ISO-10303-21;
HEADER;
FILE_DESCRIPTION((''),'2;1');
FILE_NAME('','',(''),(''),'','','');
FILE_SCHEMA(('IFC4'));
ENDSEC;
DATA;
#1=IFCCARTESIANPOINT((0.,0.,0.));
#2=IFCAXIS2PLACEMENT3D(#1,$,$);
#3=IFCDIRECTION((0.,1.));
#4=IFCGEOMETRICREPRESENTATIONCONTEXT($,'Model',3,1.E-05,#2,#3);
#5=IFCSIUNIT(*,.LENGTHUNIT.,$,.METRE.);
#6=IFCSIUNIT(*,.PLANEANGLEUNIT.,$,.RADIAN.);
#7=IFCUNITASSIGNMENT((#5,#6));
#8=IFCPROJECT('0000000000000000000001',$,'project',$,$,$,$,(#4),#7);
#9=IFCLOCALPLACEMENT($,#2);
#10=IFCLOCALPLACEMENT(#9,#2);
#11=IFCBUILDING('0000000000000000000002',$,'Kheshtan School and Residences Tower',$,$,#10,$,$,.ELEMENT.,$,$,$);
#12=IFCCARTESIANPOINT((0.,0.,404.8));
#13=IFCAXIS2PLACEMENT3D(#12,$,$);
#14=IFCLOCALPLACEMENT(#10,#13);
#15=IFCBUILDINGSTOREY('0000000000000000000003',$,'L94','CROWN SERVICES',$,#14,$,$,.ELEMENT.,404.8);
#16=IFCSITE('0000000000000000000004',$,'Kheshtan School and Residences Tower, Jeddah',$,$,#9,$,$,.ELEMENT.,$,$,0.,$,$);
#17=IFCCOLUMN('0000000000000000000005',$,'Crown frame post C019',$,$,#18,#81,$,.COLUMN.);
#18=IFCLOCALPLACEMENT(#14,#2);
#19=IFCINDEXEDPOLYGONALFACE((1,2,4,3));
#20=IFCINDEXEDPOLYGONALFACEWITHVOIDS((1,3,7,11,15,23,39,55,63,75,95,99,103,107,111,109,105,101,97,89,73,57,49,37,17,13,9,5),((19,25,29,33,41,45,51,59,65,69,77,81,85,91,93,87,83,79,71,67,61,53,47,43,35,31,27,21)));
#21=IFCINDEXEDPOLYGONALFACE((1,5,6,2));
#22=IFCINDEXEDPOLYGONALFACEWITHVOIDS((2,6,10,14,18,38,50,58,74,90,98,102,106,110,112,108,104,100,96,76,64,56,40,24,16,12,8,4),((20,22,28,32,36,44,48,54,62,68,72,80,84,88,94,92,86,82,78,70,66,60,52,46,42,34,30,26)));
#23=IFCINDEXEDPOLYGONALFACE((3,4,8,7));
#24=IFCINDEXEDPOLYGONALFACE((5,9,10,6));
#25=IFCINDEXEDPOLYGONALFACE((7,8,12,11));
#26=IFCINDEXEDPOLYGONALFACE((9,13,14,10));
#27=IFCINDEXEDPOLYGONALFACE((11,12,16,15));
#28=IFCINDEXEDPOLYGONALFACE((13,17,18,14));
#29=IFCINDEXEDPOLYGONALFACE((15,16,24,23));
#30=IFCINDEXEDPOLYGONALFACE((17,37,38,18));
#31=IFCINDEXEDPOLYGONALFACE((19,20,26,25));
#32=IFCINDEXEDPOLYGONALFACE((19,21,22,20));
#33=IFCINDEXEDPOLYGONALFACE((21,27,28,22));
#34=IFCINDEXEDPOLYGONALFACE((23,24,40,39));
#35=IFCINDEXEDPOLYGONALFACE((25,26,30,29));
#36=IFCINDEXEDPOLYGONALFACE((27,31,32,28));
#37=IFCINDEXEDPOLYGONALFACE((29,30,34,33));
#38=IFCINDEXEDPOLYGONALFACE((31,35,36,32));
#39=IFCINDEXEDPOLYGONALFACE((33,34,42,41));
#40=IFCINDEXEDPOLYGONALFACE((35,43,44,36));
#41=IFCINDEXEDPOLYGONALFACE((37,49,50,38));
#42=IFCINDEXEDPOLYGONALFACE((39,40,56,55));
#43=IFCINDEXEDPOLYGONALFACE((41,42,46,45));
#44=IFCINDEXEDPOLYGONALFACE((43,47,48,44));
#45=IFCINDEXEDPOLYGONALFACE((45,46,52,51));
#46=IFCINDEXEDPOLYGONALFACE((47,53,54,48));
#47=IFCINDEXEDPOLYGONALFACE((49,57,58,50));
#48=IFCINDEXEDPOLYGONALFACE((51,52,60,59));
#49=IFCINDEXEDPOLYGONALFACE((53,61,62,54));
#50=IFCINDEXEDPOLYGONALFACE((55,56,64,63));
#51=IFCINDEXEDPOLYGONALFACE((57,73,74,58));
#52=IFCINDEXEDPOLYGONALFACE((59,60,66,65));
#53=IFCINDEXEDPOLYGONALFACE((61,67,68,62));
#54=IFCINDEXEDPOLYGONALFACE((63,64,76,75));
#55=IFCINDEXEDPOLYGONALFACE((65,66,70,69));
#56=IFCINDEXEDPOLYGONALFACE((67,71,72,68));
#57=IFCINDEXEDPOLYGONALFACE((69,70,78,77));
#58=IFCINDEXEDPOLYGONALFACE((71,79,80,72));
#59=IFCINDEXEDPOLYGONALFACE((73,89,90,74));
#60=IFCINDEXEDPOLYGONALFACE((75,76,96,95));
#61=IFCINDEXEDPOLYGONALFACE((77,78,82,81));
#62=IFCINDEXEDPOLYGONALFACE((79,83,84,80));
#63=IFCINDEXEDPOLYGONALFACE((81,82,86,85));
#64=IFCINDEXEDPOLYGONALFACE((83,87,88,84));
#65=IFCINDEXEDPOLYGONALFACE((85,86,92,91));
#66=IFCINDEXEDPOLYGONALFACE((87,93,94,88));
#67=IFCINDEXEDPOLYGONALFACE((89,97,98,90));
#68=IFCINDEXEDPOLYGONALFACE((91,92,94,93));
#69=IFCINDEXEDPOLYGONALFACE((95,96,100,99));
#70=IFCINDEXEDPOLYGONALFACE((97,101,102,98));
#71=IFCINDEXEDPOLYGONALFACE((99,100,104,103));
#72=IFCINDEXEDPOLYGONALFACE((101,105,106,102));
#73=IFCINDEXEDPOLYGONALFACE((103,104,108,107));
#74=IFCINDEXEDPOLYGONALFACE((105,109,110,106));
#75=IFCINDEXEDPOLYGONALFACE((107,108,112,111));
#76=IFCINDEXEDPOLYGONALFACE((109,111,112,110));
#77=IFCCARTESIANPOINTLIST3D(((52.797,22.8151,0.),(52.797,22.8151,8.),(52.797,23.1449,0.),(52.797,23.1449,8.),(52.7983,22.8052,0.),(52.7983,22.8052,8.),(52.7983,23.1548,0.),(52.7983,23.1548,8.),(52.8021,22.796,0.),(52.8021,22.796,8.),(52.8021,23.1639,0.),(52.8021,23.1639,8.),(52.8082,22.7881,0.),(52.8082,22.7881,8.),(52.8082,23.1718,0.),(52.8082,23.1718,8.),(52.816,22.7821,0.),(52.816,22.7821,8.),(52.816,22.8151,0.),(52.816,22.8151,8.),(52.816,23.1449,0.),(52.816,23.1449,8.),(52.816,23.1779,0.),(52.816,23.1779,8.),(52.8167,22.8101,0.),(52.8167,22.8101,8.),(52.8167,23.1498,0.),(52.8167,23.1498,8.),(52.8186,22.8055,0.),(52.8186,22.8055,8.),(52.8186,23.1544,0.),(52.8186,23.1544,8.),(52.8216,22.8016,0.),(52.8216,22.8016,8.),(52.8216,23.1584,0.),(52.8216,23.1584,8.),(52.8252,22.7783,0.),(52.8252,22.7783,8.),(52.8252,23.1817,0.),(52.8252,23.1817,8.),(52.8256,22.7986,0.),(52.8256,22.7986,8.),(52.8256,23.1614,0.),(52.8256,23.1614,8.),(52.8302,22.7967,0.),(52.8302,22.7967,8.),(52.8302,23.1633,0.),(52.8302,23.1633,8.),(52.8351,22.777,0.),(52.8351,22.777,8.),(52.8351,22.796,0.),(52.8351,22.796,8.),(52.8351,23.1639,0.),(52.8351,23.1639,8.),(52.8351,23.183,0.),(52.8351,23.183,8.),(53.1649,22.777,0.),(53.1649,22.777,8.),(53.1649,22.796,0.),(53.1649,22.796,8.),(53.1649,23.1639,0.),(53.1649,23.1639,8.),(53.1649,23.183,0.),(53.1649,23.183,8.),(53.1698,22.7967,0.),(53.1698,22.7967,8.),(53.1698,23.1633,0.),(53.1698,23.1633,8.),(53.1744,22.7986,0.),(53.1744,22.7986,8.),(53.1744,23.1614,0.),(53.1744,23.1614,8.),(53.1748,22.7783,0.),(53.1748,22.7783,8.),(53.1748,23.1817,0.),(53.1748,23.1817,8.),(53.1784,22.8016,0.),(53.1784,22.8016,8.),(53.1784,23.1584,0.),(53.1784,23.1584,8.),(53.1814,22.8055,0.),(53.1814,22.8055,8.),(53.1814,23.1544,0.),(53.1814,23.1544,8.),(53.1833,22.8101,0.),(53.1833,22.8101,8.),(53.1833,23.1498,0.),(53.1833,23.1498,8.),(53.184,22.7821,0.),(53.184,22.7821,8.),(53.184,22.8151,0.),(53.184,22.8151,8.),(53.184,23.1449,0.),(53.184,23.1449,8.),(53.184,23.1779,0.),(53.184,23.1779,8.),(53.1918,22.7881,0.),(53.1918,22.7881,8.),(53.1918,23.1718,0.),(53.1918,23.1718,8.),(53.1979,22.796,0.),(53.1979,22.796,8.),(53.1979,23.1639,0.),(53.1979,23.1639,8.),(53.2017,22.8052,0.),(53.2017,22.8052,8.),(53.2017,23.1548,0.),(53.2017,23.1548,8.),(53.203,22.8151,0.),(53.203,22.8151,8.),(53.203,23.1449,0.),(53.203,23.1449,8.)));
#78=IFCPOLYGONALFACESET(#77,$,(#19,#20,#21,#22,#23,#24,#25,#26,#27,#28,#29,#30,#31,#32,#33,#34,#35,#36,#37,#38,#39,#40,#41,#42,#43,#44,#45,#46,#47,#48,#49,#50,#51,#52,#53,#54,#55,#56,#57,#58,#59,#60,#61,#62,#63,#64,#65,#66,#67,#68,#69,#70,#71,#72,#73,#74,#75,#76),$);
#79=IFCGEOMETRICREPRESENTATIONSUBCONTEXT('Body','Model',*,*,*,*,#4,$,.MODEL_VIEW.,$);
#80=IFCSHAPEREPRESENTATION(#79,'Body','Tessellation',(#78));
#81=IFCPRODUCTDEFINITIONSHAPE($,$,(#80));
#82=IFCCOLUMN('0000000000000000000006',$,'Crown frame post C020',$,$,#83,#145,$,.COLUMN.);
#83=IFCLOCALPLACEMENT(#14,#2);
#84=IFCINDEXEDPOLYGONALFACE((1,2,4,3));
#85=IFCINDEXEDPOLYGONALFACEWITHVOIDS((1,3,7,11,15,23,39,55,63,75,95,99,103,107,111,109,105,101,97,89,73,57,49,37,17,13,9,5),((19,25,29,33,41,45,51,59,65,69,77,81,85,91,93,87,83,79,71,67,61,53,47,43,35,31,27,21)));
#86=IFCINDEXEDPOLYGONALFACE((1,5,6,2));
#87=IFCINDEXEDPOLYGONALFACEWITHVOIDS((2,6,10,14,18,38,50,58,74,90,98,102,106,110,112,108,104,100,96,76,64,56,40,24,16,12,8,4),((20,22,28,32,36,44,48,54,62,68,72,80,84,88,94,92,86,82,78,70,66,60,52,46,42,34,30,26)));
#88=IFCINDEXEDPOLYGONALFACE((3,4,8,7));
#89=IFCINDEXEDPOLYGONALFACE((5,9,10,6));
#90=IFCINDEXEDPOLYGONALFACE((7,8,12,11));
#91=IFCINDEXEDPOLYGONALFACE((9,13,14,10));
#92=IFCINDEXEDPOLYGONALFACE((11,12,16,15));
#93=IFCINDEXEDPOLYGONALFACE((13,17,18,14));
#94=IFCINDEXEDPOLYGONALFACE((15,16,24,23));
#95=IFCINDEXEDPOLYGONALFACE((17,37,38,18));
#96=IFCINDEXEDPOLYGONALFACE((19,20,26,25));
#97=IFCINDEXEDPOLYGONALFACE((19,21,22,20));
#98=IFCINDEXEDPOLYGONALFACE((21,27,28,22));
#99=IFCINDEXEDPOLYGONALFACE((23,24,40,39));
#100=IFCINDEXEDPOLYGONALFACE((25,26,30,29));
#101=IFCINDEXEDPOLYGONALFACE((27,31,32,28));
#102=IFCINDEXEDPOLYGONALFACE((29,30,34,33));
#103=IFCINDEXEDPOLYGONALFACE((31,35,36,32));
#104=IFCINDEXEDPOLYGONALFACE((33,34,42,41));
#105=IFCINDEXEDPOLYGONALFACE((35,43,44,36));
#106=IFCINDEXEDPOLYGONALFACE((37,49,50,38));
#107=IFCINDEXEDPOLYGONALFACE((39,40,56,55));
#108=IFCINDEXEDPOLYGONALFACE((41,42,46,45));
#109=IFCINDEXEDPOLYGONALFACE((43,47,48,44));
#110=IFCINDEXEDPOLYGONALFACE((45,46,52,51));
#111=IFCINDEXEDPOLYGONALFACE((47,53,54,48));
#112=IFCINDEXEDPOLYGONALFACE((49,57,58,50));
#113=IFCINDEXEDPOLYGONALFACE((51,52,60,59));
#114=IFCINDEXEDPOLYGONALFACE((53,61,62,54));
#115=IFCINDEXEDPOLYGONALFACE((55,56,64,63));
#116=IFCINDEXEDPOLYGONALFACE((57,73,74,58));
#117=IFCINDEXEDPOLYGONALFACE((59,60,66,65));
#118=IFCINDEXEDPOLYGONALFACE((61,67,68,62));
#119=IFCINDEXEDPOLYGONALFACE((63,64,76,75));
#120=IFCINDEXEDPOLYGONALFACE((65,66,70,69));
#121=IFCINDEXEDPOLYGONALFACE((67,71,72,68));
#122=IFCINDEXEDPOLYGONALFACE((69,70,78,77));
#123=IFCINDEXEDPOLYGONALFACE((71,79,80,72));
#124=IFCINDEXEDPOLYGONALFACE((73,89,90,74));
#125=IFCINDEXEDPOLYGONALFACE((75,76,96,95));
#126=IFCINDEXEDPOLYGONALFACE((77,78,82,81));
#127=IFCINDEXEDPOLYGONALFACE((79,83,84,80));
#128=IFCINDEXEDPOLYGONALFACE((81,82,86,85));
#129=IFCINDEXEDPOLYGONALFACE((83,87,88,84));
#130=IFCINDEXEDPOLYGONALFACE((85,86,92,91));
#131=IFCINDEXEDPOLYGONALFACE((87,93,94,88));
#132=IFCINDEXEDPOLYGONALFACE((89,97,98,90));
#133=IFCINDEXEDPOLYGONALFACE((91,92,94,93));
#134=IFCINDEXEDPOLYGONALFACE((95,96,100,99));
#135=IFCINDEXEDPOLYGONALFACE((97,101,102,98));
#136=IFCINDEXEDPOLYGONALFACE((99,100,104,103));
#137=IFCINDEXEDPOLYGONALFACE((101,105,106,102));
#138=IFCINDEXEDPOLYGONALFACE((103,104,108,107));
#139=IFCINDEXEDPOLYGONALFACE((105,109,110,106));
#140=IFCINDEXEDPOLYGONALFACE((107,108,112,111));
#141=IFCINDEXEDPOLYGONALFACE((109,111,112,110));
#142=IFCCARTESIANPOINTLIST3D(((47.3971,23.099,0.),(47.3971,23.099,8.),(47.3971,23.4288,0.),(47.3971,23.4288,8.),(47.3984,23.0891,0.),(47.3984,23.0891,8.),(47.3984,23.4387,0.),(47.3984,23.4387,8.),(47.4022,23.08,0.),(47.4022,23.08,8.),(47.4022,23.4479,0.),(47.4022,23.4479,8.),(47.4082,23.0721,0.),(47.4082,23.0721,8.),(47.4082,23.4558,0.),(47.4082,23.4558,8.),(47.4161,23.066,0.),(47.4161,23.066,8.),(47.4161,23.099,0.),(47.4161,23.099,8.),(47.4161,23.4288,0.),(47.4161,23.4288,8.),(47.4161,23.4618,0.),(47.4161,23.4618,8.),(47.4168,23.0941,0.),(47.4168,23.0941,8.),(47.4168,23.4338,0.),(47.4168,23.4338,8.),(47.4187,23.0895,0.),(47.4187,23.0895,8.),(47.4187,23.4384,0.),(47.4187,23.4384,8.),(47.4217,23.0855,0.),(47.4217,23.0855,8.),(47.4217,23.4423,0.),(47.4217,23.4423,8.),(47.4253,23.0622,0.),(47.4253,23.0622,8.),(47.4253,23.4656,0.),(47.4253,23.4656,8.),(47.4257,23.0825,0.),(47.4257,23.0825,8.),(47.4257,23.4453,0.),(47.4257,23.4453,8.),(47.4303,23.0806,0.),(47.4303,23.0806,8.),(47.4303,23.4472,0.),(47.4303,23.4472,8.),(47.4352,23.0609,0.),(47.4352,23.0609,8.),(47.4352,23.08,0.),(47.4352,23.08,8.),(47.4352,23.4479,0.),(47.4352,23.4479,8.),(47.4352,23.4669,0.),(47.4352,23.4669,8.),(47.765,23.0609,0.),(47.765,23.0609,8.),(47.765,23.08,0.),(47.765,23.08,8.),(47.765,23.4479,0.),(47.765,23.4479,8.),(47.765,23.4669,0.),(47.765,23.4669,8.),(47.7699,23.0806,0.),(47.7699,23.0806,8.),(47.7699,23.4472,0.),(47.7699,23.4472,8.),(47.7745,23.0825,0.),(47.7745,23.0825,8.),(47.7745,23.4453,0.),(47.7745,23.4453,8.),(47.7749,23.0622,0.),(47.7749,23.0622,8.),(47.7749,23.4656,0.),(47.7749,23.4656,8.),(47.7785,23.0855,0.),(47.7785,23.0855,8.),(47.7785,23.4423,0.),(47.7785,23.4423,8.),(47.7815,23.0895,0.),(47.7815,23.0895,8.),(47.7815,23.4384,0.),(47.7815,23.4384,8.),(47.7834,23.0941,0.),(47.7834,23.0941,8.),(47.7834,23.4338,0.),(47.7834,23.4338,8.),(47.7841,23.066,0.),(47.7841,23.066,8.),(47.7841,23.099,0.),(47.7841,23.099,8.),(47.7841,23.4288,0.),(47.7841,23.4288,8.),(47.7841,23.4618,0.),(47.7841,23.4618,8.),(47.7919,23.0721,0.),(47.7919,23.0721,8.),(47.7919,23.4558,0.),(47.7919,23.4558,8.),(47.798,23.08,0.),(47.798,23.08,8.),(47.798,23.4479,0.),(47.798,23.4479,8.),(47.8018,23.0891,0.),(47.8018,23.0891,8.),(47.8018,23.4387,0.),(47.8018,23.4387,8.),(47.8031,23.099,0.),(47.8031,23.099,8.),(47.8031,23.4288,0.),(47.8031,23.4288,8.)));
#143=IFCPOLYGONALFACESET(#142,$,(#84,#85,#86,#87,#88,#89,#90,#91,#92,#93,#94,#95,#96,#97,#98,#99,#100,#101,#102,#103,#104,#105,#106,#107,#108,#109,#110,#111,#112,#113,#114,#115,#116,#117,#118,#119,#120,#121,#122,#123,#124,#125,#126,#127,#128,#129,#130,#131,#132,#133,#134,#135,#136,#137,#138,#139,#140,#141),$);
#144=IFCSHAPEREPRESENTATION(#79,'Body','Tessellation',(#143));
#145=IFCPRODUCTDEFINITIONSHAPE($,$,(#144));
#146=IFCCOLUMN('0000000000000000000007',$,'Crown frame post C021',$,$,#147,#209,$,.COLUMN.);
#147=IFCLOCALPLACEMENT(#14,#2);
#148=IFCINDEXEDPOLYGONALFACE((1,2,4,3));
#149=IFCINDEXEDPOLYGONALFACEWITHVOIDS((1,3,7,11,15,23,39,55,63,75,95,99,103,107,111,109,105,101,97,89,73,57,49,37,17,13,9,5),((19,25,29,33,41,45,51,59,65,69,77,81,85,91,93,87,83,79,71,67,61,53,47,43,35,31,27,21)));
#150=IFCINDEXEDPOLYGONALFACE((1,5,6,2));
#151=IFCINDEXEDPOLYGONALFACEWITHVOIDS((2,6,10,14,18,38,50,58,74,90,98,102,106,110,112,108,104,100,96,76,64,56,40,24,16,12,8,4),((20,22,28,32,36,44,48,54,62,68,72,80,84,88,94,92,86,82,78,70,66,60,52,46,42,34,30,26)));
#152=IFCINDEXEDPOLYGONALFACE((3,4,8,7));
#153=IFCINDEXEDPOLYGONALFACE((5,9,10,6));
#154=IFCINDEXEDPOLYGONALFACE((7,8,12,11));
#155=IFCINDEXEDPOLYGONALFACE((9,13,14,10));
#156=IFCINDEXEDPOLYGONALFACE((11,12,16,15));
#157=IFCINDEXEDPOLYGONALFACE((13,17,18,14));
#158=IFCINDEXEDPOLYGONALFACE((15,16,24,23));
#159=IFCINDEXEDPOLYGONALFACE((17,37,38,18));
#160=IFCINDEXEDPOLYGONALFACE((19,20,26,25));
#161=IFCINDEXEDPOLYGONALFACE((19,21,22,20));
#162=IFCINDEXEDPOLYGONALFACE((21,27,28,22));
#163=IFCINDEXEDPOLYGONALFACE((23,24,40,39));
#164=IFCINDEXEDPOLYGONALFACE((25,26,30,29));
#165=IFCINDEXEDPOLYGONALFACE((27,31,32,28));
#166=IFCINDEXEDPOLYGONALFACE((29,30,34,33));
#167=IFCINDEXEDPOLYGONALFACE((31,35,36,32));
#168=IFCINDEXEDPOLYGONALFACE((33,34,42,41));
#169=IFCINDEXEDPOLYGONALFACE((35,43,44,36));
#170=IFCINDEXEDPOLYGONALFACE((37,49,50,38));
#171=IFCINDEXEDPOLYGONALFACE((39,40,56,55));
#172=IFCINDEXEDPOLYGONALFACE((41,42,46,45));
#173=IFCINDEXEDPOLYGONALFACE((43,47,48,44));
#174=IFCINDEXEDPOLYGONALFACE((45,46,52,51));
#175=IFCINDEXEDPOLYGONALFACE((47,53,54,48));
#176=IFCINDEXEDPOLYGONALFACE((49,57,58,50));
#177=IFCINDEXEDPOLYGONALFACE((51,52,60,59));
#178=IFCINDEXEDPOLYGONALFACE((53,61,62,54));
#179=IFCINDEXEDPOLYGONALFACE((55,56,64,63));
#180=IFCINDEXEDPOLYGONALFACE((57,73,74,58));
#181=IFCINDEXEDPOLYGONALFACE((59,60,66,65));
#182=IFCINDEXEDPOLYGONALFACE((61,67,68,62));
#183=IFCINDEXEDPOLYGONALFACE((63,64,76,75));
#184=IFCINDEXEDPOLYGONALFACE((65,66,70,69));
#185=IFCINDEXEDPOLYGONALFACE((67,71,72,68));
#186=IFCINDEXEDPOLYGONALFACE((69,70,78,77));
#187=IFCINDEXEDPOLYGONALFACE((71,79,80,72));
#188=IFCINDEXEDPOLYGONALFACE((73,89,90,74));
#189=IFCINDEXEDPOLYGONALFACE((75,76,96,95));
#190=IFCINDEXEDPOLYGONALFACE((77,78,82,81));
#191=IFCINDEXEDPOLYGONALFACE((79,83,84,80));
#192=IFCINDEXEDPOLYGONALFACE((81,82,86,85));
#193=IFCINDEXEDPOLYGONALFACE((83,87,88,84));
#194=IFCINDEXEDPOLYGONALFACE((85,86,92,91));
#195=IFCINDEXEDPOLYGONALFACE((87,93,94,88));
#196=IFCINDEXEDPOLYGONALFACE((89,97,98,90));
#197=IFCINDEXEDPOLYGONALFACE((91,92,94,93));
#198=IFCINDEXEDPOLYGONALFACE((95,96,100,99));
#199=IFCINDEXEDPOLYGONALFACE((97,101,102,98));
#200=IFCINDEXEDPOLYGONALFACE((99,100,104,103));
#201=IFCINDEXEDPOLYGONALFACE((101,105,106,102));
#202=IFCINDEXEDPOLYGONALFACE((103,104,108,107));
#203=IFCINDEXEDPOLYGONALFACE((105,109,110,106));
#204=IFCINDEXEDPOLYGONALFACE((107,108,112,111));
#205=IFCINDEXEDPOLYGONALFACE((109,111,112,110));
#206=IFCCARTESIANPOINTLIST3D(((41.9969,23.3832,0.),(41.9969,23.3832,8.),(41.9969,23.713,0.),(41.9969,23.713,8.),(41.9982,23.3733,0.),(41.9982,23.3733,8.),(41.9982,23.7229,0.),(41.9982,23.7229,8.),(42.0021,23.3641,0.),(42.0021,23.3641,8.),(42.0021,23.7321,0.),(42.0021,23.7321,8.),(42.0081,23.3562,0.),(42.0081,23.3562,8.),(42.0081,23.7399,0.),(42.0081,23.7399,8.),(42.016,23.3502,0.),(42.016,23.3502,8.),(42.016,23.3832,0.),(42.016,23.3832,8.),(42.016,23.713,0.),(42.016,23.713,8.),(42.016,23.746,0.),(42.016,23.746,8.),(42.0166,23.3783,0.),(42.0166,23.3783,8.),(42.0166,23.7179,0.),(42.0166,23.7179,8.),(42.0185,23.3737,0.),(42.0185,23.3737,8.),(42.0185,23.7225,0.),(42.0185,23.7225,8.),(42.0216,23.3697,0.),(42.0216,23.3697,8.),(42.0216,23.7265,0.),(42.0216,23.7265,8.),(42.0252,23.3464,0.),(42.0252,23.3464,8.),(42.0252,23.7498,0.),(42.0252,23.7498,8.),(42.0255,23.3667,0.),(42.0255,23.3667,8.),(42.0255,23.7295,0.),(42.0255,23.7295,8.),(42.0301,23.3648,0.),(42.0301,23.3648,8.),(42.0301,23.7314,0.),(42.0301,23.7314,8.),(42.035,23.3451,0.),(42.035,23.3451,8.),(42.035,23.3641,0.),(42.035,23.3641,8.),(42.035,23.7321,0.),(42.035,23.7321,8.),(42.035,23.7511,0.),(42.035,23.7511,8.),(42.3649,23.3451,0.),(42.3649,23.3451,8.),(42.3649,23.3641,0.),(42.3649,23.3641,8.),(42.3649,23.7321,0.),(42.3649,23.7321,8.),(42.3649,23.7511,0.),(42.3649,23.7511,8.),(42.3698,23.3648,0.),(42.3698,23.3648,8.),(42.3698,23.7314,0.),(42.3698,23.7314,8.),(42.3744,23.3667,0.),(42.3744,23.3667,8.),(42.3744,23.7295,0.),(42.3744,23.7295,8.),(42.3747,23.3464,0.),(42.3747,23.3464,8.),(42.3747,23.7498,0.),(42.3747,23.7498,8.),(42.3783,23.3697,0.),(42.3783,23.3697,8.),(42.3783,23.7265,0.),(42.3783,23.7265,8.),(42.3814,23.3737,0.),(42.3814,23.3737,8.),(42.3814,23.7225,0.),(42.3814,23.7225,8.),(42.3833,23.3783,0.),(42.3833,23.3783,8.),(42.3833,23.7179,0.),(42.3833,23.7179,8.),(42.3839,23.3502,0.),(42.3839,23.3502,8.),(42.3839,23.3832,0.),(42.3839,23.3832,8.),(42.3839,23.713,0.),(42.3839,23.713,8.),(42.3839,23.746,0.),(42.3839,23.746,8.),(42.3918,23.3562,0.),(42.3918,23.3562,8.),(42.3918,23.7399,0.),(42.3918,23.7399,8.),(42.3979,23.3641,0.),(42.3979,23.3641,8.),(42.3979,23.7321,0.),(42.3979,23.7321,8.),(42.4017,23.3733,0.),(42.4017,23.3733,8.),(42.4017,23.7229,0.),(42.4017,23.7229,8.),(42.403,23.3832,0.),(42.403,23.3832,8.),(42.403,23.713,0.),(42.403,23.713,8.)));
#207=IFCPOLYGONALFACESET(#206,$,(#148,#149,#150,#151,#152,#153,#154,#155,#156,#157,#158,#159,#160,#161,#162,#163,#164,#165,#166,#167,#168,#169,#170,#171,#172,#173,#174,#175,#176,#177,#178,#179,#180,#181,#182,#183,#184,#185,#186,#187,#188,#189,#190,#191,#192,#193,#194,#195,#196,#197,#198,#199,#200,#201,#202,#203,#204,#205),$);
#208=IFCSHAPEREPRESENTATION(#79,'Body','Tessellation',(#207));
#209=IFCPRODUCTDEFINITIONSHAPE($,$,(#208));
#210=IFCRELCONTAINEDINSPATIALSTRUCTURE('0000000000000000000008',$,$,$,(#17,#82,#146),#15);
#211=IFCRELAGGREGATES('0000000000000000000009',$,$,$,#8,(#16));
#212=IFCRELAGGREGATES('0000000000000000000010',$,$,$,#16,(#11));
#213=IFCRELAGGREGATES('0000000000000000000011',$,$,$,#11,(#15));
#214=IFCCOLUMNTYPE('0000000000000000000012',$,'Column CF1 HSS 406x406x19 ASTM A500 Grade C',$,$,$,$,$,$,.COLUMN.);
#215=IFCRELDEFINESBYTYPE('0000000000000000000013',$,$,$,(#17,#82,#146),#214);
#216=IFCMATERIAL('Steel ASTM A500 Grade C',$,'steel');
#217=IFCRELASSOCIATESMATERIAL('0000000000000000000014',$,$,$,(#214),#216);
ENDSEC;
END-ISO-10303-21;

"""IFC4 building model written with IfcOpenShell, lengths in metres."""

from ifc_helpers import new_model, si_unit, direction, frame, origin, origin_2d, place, context, subcontext, project, spatial, hollow_rectangle, extrude, material, material_profile, profile_set, type_object, element, save


model = new_model("IFC4")

# Units and contexts
model_context = context("Model", 3, precision=1e-05, world=origin(), true_north=direction((0.0, 1.0)))
body_context = subcontext(model_context, "Body", "Model", "MODEL_VIEW")
ifc_project = project(units=[si_unit("LENGTHUNIT", "METRE"), si_unit("PLANEANGLEUNIT", "RADIAN")], contexts=[model_context])

# Site, building, storey
site_placement = place(None, origin())
site = spatial("IfcSite", under=ifc_project, at=site_placement, Name="Kheshtan School and Residences Tower, Jeddah", CompositionType="ELEMENT", RefElevation=0.0)
building_placement = place(site_placement, origin())
building = spatial("IfcBuilding", under=site, at=building_placement, Name="Kheshtan School and Residences Tower", CompositionType="ELEMENT")
storey_placement = place(building_placement, frame((0.0, 0.0, 404.8)))
storey = spatial("IfcBuildingStorey", under=building, at=storey_placement, Name="L94", Description="CROWN SERVICES", CompositionType="ELEMENT", Elevation=404.8)

# Columns
ifc_material_1 = material(Name="Steel ASTM A500 Grade C", Category="steel")
ifc_material_profile_1 = material_profile(ifc_material_1, hollow_rectangle(XDim=0.406, YDim=0.406, WallThickness=0.019, InnerFilletRadius=0.019, OuterFilletRadius=0.0381, at=origin_2d()), Name="HSS 406x406x19")
ifc_profile_set_1 = profile_set([ifc_material_profile_1], Name="Steel ASTM A500 Grade C")
column_type_1 = type_object("IfcColumnType", Name="Column CF1 HSS 406x406x19 ASTM A500 Grade C", PredefinedType="COLUMN", material=ifc_profile_set_1)
for number, where, z_axis, x_axis, name in (
    (1, (53.0, 22.98, 0.0), (0.0, 0.0, 1.0), (1.0, 0.0, 0.0), "Crown frame post C019"),
    (2, (47.6001, 23.2639, 0.0), (0.0, 0.0, 1.0), (1.0, 0.0, 0.0), "Crown frame post C020"),
    (3, (42.2, 23.5481, 0.0), (0.0, 0.0, 1.0), (1.0, 0.0, 0.0), "Crown frame post C021"),
):
    element("IfcColumn", number, at=place(storey_placement, frame(where, z_axis=z_axis, x_axis=x_axis)), inside=storey, type_object=column_type_1, Name=name, PredefinedType="COLUMN", context=body_context, shape_type="SweptSolid", body=[
        extrude(hollow_rectangle(XDim=0.406, YDim=0.406, WallThickness=0.019, InnerFilletRadius=0.019, OuterFilletRadius=0.0381, at=origin_2d()), origin(), (0.0, 0.0, 1.0), 8.0),
    ])

save(model, "model.ifc")
